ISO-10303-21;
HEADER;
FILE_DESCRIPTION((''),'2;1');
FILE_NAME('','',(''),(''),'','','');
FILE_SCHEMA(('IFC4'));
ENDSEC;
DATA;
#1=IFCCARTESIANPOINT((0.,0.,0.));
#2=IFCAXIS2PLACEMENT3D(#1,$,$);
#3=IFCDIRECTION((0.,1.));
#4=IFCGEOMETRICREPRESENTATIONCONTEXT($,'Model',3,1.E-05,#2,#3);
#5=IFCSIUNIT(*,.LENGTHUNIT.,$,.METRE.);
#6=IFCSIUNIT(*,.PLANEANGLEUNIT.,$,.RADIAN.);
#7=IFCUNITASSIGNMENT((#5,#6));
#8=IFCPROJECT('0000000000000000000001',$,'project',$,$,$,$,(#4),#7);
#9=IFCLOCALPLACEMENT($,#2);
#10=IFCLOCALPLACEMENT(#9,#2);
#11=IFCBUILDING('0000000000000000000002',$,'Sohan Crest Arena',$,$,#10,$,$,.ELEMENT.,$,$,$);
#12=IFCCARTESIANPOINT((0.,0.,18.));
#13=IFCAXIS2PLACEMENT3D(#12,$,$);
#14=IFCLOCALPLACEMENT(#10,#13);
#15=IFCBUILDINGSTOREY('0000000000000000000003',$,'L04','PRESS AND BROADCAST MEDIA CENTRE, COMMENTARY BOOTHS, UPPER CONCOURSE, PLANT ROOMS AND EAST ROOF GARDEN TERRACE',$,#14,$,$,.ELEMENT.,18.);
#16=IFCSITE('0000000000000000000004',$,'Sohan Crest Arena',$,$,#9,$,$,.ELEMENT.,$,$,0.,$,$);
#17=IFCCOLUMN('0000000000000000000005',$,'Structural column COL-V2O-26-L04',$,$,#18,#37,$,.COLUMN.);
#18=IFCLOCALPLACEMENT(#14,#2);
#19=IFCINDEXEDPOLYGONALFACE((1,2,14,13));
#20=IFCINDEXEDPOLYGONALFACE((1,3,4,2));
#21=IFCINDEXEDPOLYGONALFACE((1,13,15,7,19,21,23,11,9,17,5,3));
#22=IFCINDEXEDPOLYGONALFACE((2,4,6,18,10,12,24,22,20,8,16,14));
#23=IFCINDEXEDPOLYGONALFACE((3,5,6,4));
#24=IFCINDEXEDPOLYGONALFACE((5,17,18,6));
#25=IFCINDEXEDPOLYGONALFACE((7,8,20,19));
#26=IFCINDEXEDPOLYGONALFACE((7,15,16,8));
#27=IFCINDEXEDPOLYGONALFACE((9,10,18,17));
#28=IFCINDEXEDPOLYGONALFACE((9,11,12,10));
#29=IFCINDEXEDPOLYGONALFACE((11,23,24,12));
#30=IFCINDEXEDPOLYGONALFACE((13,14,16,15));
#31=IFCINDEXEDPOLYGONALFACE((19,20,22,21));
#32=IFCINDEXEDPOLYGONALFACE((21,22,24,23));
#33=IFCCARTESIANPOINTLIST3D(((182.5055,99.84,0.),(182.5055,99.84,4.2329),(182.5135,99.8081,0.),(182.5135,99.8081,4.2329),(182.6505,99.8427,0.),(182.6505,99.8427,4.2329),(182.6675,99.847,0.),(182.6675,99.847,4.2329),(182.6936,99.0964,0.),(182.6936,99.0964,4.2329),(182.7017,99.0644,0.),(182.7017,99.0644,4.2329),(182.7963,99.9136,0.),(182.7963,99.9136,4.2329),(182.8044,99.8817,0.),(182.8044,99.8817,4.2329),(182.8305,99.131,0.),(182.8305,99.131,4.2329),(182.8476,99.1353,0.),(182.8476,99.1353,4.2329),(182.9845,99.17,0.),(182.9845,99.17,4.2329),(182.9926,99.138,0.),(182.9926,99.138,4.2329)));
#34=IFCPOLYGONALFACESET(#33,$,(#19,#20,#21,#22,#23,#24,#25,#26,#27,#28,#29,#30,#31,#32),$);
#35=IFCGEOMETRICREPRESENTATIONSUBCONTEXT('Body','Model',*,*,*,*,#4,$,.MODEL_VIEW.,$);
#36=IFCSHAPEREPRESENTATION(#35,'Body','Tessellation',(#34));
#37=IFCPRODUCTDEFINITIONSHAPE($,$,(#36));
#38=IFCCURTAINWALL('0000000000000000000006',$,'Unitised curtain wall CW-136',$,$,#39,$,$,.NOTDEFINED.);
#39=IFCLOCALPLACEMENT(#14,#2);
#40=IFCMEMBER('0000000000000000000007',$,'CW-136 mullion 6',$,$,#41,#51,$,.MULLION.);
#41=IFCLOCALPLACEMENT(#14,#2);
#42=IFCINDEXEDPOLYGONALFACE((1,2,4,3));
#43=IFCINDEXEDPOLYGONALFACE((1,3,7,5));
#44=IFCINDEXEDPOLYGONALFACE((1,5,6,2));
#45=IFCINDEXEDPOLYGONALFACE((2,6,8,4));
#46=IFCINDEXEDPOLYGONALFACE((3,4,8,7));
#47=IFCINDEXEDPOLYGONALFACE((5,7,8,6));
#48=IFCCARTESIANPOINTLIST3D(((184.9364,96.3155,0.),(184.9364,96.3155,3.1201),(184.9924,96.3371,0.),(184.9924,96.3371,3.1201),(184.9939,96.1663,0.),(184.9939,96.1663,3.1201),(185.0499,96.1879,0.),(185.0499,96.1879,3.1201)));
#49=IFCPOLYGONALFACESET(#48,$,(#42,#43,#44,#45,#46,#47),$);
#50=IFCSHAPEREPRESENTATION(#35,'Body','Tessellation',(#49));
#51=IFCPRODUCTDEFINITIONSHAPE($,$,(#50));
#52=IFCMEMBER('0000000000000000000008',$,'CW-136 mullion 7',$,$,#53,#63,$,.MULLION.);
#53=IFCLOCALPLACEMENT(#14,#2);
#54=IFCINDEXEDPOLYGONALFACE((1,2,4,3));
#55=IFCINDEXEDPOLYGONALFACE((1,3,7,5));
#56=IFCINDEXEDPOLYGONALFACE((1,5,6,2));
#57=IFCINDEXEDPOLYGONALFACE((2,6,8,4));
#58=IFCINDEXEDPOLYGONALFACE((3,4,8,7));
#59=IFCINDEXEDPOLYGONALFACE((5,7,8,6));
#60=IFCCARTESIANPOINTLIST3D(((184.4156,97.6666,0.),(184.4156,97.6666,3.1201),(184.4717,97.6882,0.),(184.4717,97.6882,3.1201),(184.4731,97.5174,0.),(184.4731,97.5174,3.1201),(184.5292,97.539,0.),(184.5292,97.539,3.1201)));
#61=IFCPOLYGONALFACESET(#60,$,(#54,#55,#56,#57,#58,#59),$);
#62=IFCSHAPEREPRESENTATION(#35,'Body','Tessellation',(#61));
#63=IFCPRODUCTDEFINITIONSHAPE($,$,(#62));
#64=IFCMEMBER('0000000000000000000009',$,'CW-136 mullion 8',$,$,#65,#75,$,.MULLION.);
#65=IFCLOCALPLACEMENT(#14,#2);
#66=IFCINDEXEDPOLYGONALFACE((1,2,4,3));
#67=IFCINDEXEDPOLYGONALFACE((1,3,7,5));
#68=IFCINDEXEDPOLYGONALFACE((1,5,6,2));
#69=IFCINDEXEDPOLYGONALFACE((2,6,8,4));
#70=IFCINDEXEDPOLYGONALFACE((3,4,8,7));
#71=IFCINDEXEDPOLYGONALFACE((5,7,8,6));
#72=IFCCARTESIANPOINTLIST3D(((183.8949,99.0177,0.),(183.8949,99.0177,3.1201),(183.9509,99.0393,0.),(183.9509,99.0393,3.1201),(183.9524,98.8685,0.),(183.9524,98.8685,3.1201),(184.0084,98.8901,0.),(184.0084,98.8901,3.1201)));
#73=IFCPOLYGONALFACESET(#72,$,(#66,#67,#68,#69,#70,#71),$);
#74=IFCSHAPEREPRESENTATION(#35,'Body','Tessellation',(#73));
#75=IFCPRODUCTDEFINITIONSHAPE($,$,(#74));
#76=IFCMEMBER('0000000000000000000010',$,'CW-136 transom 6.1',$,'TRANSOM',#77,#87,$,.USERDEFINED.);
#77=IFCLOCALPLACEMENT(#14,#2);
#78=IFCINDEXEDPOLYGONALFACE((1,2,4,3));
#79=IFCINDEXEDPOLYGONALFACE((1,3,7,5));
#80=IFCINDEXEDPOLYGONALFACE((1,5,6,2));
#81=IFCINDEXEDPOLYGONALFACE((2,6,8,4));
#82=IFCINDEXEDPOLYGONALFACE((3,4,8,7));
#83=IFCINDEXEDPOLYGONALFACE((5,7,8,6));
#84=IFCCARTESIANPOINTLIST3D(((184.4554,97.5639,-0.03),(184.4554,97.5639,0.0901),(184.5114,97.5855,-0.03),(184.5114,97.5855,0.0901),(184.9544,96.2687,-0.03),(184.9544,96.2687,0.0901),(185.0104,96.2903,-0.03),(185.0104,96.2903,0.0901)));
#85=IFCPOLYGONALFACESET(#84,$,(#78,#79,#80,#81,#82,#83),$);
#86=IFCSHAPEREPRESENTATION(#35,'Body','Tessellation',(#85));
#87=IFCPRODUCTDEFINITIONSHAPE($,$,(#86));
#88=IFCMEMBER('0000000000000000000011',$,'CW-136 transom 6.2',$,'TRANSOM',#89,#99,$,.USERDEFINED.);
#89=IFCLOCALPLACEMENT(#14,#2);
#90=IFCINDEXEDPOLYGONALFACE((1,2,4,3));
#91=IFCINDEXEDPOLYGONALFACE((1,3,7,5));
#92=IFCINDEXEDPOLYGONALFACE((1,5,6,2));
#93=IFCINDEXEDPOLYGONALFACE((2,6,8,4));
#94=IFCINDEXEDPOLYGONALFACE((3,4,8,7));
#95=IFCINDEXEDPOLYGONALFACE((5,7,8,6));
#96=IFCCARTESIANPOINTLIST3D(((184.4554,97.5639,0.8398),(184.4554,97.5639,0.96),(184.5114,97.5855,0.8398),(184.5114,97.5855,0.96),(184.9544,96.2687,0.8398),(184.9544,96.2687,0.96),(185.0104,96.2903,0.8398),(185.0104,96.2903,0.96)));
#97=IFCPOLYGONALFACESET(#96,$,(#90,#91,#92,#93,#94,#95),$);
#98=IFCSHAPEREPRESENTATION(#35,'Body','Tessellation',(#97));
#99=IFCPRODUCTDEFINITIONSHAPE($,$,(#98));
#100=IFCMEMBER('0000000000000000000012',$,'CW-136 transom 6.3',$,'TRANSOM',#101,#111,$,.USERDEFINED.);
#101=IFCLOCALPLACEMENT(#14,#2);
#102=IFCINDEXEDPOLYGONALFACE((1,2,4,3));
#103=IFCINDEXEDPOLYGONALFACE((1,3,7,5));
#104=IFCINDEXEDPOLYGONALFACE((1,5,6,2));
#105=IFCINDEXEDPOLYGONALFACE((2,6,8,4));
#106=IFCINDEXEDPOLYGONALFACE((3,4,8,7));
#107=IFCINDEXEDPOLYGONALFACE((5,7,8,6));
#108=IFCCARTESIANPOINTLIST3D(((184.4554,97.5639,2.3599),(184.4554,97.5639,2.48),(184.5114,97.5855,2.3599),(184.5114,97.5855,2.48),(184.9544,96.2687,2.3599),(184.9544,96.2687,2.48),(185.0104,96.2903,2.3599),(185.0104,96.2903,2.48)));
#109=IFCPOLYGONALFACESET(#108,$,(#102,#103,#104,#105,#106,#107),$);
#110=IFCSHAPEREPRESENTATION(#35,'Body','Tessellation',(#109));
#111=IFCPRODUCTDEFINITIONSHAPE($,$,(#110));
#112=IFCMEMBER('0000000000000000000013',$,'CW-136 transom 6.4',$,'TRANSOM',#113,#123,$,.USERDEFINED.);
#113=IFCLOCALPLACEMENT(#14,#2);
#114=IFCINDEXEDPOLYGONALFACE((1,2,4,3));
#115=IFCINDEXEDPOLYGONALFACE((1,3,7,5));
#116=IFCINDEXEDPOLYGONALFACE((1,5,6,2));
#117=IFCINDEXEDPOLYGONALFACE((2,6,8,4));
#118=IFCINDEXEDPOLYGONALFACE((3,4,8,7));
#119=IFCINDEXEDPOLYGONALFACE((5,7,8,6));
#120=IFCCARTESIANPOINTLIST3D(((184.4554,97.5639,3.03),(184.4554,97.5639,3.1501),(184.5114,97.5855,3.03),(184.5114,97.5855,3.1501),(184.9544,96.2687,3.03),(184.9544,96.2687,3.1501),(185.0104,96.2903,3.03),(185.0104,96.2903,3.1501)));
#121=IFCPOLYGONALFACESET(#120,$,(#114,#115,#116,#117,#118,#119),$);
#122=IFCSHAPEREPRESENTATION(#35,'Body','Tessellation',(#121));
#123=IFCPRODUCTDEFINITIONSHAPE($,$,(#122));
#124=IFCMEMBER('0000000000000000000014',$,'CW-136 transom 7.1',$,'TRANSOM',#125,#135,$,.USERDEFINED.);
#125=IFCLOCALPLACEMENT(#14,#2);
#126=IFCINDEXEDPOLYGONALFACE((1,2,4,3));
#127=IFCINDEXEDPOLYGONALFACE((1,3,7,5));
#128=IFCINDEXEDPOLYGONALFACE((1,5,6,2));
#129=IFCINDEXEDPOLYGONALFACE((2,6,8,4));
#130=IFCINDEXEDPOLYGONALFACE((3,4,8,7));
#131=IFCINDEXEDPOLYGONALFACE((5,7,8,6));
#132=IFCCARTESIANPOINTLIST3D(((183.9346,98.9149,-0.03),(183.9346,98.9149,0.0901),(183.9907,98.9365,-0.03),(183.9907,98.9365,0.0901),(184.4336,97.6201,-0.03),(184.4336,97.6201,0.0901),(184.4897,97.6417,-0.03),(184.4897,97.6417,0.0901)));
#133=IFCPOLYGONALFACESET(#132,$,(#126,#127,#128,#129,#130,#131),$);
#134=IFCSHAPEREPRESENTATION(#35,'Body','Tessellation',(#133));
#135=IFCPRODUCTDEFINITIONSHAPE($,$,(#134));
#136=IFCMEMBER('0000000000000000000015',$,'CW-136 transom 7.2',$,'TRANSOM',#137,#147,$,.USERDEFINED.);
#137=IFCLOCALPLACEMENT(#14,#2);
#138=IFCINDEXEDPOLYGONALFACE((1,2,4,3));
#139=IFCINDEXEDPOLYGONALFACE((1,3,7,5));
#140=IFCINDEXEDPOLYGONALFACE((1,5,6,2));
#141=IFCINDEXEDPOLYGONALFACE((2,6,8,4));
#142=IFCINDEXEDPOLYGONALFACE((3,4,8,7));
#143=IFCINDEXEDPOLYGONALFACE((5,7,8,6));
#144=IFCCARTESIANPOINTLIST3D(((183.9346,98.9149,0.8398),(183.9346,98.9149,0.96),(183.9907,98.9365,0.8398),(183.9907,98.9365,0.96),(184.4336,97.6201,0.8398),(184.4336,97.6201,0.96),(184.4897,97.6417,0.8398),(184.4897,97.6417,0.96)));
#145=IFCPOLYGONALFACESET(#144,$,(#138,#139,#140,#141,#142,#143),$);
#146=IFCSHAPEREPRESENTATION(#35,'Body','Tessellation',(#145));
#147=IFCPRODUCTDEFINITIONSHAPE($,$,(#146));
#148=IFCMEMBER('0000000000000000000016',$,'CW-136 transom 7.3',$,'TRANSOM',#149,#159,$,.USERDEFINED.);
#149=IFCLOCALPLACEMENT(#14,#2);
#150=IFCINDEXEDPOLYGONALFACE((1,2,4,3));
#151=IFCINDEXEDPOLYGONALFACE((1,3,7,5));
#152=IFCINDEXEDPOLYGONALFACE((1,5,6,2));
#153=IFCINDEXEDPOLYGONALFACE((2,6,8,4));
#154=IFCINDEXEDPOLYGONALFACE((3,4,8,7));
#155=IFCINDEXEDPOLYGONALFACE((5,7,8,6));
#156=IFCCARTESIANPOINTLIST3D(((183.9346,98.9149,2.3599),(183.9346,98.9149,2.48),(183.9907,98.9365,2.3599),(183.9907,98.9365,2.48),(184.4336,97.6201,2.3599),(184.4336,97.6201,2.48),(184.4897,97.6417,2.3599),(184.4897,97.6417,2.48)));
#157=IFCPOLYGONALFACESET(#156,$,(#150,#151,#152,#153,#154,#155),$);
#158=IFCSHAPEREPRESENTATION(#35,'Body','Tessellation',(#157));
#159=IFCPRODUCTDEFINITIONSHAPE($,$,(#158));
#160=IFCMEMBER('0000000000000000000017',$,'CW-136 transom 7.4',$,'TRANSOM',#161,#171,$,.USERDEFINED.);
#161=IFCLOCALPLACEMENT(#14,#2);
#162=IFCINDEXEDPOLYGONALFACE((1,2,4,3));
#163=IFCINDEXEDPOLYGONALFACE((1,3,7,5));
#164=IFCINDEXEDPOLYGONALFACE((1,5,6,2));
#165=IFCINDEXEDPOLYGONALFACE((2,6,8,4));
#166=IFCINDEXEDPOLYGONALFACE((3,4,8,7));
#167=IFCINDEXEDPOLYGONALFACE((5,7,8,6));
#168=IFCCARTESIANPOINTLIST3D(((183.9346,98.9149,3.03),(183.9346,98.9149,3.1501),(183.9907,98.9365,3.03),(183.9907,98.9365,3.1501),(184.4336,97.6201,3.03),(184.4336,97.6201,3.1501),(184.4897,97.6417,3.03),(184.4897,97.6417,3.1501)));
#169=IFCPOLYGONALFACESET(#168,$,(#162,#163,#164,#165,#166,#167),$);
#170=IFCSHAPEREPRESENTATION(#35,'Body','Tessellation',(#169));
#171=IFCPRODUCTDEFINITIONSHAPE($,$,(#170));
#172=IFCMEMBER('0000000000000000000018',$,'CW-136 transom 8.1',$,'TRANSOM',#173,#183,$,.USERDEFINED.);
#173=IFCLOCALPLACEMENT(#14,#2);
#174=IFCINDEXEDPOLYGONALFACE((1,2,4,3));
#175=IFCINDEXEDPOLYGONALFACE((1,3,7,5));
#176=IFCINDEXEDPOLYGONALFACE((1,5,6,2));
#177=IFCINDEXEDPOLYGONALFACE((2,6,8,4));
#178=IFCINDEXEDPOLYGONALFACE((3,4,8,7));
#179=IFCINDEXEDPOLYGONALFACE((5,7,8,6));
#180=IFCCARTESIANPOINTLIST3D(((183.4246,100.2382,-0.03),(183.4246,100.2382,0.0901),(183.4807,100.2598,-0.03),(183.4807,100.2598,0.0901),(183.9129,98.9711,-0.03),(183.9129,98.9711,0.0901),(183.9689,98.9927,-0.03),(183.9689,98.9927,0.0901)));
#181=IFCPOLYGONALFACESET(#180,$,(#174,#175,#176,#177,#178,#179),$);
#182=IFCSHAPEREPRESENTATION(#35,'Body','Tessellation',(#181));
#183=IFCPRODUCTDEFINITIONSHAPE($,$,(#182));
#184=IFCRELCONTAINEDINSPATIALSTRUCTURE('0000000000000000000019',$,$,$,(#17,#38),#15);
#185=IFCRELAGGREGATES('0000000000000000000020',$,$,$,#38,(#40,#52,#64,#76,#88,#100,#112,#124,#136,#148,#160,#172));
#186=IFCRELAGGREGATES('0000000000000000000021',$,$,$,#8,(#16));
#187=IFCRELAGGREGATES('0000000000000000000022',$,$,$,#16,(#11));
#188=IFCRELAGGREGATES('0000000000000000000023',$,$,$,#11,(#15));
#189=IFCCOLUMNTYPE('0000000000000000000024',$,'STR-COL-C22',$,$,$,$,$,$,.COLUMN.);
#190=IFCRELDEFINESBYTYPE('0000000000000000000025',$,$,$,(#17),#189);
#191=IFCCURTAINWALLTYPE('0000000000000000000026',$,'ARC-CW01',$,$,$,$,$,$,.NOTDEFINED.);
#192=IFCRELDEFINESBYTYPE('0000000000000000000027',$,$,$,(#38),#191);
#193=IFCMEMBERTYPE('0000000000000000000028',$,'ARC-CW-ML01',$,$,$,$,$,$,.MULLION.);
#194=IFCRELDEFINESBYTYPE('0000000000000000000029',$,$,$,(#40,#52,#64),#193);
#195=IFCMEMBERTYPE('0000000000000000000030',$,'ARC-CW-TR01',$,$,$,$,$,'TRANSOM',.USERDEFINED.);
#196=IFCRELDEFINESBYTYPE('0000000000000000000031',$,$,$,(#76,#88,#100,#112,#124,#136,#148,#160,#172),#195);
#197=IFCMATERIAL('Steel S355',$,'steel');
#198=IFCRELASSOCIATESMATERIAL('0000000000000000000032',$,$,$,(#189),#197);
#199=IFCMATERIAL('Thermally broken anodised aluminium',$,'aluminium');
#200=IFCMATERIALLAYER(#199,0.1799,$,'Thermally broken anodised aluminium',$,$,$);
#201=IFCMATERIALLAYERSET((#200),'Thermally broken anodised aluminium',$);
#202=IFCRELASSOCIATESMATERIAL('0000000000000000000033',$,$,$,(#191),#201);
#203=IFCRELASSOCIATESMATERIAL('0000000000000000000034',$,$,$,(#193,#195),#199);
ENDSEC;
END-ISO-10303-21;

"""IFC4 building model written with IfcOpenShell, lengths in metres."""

from ifc_helpers import new_model, si_unit, direction, frame, origin, origin_2d, place, context, subcontext, project, spatial, rectangle, i_section, extrude, material, layer, layer_set, material_profile, profile_set, type_object, element, aggregate, save


model = new_model("IFC4")

# Units and contexts
model_context = context("Model", 3, precision=1e-05, world=origin(), true_north=direction((0.0, 1.0)))
body_context = subcontext(model_context, "Body", "Model", "MODEL_VIEW")
ifc_project = project(units=[si_unit("LENGTHUNIT", "METRE"), si_unit("PLANEANGLEUNIT", "RADIAN")], contexts=[model_context])

# Site, building, storey
site_placement = place(None, origin())
site = spatial("IfcSite", under=ifc_project, at=site_placement, Name="Sohan Crest Arena", CompositionType="ELEMENT", RefElevation=0.0)
building_placement = place(site_placement, origin())
building = spatial("IfcBuilding", under=site, at=building_placement, Name="Sohan Crest Arena", CompositionType="ELEMENT")
storey_placement = place(building_placement, frame((0.0, 0.0, 18.0)))
storey = spatial("IfcBuildingStorey", under=building, at=storey_placement, Name="L04", Description="PRESS AND BROADCAST MEDIA CENTRE, COMMENTARY BOOTHS, UPPER CONCOURSE, PLANT ROOMS AND EAST ROOF GARDEN TERRACE", CompositionType="ELEMENT", Elevation=18.0)

# Column
ifc_material_1 = material(Name="Steel S355", Category="steel")
ifc_material_profile_1 = material_profile(ifc_material_1, i_section(OverallWidth=0.3, OverallDepth=0.8, WebThickness=0.0176, FlangeThickness=0.033, at=origin_2d()), Name="HEB 800")
ifc_profile_set_1 = profile_set([ifc_material_profile_1], Name="Steel S355")
column_type = type_object("IfcColumnType", Name="STR-COL-C22", PredefinedType="COLUMN", material=ifc_profile_set_1)
column_placement = place(storey_placement, frame((182.749, 99.489, 0.0), z_axis=(0.0, 0.0, 1.0), x_axis=(0.969445, 0.245307, 0.0)))
element("IfcColumn", 1, at=column_placement, inside=storey, type_object=column_type, Name="Structural column COL-V2O-26-L04", PredefinedType="COLUMN", context=body_context, shape_type="SweptSolid", body=[
    extrude(i_section(OverallWidth=0.3, OverallDepth=0.8, WebThickness=0.0176, FlangeThickness=0.033, at=origin_2d()), origin(), (0.0, 0.0, 1.0), 4.2329),
])

# Curtain wall, members
ifc_material_2 = material(Name="Thermally broken anodised aluminium", Category="aluminium")
ifc_layer_1 = layer(ifc_material_2, 0.1799, Name="Thermally broken anodised aluminium")
ifc_layer_set_1 = layer_set([ifc_layer_1], Name="Thermally broken anodised aluminium")
curtain_wall_type = type_object("IfcCurtainWallType", Name="ARC-CW01", PredefinedType="NOTDEFINED", material=ifc_layer_set_1)
curtain_wall_placement = place(storey_placement, origin())
curtain_wall = element("IfcCurtainWall", 2, at=curtain_wall_placement, inside=storey, type_object=curtain_wall_type, Name="Unitised curtain wall CW-136", PredefinedType="NOTDEFINED")
ifc_material_profile_2 = material_profile(ifc_material_2, rectangle(XDim=0.0601, YDim=0.1599, at=origin_2d()), Name="ALU-MULL 60x160")
ifc_profile_set_2 = profile_set([ifc_material_profile_2], Name="Thermally broken anodised aluminium")
member_type_1 = type_object("IfcMemberType", Name="ARC-CW-ML01", PredefinedType="MULLION", material=ifc_profile_set_2)
member_1_placement = place(storey_placement, frame((184.9932, 96.2517, 0.0), z_axis=(0.0, 0.0, 1.0), x_axis=(-0.933094, -0.359633, 0.0)))
member_1 = element("IfcMember", 3, at=member_1_placement, type_object=member_type_1, Name="CW-136 mullion 6", PredefinedType="MULLION", context=body_context, shape_type="SweptSolid", body=[
    extrude(rectangle(XDim=0.0601, YDim=0.1599, at=origin_2d()), origin(), (0.0, 0.0, 1.0), 3.1201),
])
member_2_placement = place(storey_placement, frame((184.4724, 97.6028, 0.0), z_axis=(0.0, 0.0, 1.0), x_axis=(-0.933094, -0.359633, 0.0)))
member_2 = element("IfcMember", 4, at=member_2_placement, type_object=member_type_1, Name="CW-136 mullion 7", PredefinedType="MULLION", context=body_context, shape_type="SweptSolid", body=[
    extrude(rectangle(XDim=0.0601, YDim=0.1599, at=origin_2d()), origin(), (0.0, 0.0, 1.0), 3.1201),
])
member_3_placement = place(storey_placement, frame((183.9517, 98.9539, 0.0), z_axis=(0.0, 0.0, 1.0), x_axis=(-0.933094, -0.359633, 0.0)))
member_3 = element("IfcMember", 5, at=member_3_placement, type_object=member_type_1, Name="CW-136 mullion 8", PredefinedType="MULLION", context=body_context, shape_type="SweptSolid", body=[
    extrude(rectangle(XDim=0.0601, YDim=0.1599, at=origin_2d()), origin(), (0.0, 0.0, 1.0), 3.1201),
])
ifc_material_profile_3 = material_profile(ifc_material_2, rectangle(XDim=0.0601, YDim=0.1201, at=origin_2d()), Name="ALU-TRAN 60x120")
ifc_profile_set_3 = profile_set([ifc_material_profile_3], Name="Thermally broken anodised aluminium")
member_type_2 = type_object("IfcMemberType", Name="ARC-CW-TR01", ElementType="TRANSOM", PredefinedType="USERDEFINED", material=ifc_profile_set_3)
member_4_placement = place(storey_placement, frame((184.9824, 96.2795, 0.03), z_axis=(-0.359533, 0.933132, 0.0), x_axis=(-0.933132, -0.359533, 0.0)))
member_4 = element("IfcMember", 6, at=member_4_placement, type_object=member_type_2, Name="CW-136 transom 6.1", ObjectType="TRANSOM", PredefinedType="USERDEFINED", context=body_context, shape_type="SweptSolid", body=[
    extrude(rectangle(XDim=0.0601, YDim=0.1201, at=origin_2d()), origin(), (0.0, 0.0, 1.0), 1.3879),
])
member_5_placement = place(storey_placement, frame((184.9824, 96.2795, 0.8999), z_axis=(-0.359533, 0.933132, 0.0), x_axis=(-0.933132, -0.359533, 0.0)))
member_5 = element("IfcMember", 7, at=member_5_placement, type_object=member_type_2, Name="CW-136 transom 6.2", ObjectType="TRANSOM", PredefinedType="USERDEFINED", context=body_context, shape_type="SweptSolid", body=[
    extrude(rectangle(XDim=0.0601, YDim=0.1201, at=origin_2d()), origin(), (0.0, 0.0, 1.0), 1.3879),
])
member_6_placement = place(storey_placement, frame((184.9824, 96.2795, 2.4199), z_axis=(-0.359533, 0.933132, 0.0), x_axis=(-0.933132, -0.359533, 0.0)))
member_6 = element("IfcMember", 8, at=member_6_placement, type_object=member_type_2, Name="CW-136 transom 6.3", ObjectType="TRANSOM", PredefinedType="USERDEFINED", context=body_context, shape_type="SweptSolid", body=[
    extrude(rectangle(XDim=0.0601, YDim=0.1201, at=origin_2d()), origin(), (0.0, 0.0, 1.0), 1.3879),
])
member_7_placement = place(storey_placement, frame((184.9824, 96.2795, 3.0901), z_axis=(-0.359533, 0.933132, 0.0), x_axis=(-0.933132, -0.359533, 0.0)))
member_7 = element("IfcMember", 9, at=member_7_placement, type_object=member_type_2, Name="CW-136 transom 6.4", ObjectType="TRANSOM", PredefinedType="USERDEFINED", context=body_context, shape_type="SweptSolid", body=[
    extrude(rectangle(XDim=0.0601, YDim=0.1201, at=origin_2d()), origin(), (0.0, 0.0, 1.0), 1.3879),
])
member_8_placement = place(storey_placement, frame((184.4617, 97.6309, 0.03), z_axis=(-0.359592, 0.93311, 0.0), x_axis=(-0.93311, -0.359592, 0.0)))
member_8 = element("IfcMember", 10, at=member_8_placement, type_object=member_type_2, Name="CW-136 transom 7.1", ObjectType="TRANSOM", PredefinedType="USERDEFINED", context=body_context, shape_type="SweptSolid", body=[
    extrude(rectangle(XDim=0.0601, YDim=0.1201, at=origin_2d()), origin(), (0.0, 0.0, 1.0), 1.3877),
])
member_9_placement = place(storey_placement, frame((184.4617, 97.6309, 0.8999), z_axis=(-0.359592, 0.93311, 0.0), x_axis=(-0.93311, -0.359592, 0.0)))
member_9 = element("IfcMember", 11, at=member_9_placement, type_object=member_type_2, Name="CW-136 transom 7.2", ObjectType="TRANSOM", PredefinedType="USERDEFINED", context=body_context, shape_type="SweptSolid", body=[
    extrude(rectangle(XDim=0.0601, YDim=0.1201, at=origin_2d()), origin(), (0.0, 0.0, 1.0), 1.3877),
])
member_10_placement = place(storey_placement, frame((184.4617, 97.6309, 2.4199), z_axis=(-0.359592, 0.93311, 0.0), x_axis=(-0.93311, -0.359592, 0.0)))
member_10 = element("IfcMember", 12, at=member_10_placement, type_object=member_type_2, Name="CW-136 transom 7.3", ObjectType="TRANSOM", PredefinedType="USERDEFINED", context=body_context, shape_type="SweptSolid", body=[
    extrude(rectangle(XDim=0.0601, YDim=0.1201, at=origin_2d()), origin(), (0.0, 0.0, 1.0), 1.3877),
])
member_11_placement = place(storey_placement, frame((184.4617, 97.6309, 3.0901), z_axis=(-0.359592, 0.93311, 0.0), x_axis=(-0.93311, -0.359592, 0.0)))
member_11 = element("IfcMember", 13, at=member_11_placement, type_object=member_type_2, Name="CW-136 transom 7.4", ObjectType="TRANSOM", PredefinedType="USERDEFINED", context=body_context, shape_type="SweptSolid", body=[
    extrude(rectangle(XDim=0.0601, YDim=0.1201, at=origin_2d()), origin(), (0.0, 0.0, 1.0), 1.3877),
])
member_12_placement = place(storey_placement, frame((183.9409, 98.9819, 0.03), z_axis=(-0.359581, 0.933114, 0.0), x_axis=(-0.933114, -0.359581, 0.0)))
member_12 = element("IfcMember", 14, at=member_12_placement, type_object=member_type_2, Name="CW-136 transom 8.1", ObjectType="TRANSOM", PredefinedType="USERDEFINED", context=body_context, shape_type="SweptSolid", body=[
    extrude(rectangle(XDim=0.0601, YDim=0.1201, at=origin_2d()), origin(), (0.0, 0.0, 1.0), 1.3579),
])

aggregate(curtain_wall, [member_1, member_2, member_3, member_4, member_5, member_6, member_7, member_8, member_9, member_10, member_11, member_12])

save(model, "model.ifc")
